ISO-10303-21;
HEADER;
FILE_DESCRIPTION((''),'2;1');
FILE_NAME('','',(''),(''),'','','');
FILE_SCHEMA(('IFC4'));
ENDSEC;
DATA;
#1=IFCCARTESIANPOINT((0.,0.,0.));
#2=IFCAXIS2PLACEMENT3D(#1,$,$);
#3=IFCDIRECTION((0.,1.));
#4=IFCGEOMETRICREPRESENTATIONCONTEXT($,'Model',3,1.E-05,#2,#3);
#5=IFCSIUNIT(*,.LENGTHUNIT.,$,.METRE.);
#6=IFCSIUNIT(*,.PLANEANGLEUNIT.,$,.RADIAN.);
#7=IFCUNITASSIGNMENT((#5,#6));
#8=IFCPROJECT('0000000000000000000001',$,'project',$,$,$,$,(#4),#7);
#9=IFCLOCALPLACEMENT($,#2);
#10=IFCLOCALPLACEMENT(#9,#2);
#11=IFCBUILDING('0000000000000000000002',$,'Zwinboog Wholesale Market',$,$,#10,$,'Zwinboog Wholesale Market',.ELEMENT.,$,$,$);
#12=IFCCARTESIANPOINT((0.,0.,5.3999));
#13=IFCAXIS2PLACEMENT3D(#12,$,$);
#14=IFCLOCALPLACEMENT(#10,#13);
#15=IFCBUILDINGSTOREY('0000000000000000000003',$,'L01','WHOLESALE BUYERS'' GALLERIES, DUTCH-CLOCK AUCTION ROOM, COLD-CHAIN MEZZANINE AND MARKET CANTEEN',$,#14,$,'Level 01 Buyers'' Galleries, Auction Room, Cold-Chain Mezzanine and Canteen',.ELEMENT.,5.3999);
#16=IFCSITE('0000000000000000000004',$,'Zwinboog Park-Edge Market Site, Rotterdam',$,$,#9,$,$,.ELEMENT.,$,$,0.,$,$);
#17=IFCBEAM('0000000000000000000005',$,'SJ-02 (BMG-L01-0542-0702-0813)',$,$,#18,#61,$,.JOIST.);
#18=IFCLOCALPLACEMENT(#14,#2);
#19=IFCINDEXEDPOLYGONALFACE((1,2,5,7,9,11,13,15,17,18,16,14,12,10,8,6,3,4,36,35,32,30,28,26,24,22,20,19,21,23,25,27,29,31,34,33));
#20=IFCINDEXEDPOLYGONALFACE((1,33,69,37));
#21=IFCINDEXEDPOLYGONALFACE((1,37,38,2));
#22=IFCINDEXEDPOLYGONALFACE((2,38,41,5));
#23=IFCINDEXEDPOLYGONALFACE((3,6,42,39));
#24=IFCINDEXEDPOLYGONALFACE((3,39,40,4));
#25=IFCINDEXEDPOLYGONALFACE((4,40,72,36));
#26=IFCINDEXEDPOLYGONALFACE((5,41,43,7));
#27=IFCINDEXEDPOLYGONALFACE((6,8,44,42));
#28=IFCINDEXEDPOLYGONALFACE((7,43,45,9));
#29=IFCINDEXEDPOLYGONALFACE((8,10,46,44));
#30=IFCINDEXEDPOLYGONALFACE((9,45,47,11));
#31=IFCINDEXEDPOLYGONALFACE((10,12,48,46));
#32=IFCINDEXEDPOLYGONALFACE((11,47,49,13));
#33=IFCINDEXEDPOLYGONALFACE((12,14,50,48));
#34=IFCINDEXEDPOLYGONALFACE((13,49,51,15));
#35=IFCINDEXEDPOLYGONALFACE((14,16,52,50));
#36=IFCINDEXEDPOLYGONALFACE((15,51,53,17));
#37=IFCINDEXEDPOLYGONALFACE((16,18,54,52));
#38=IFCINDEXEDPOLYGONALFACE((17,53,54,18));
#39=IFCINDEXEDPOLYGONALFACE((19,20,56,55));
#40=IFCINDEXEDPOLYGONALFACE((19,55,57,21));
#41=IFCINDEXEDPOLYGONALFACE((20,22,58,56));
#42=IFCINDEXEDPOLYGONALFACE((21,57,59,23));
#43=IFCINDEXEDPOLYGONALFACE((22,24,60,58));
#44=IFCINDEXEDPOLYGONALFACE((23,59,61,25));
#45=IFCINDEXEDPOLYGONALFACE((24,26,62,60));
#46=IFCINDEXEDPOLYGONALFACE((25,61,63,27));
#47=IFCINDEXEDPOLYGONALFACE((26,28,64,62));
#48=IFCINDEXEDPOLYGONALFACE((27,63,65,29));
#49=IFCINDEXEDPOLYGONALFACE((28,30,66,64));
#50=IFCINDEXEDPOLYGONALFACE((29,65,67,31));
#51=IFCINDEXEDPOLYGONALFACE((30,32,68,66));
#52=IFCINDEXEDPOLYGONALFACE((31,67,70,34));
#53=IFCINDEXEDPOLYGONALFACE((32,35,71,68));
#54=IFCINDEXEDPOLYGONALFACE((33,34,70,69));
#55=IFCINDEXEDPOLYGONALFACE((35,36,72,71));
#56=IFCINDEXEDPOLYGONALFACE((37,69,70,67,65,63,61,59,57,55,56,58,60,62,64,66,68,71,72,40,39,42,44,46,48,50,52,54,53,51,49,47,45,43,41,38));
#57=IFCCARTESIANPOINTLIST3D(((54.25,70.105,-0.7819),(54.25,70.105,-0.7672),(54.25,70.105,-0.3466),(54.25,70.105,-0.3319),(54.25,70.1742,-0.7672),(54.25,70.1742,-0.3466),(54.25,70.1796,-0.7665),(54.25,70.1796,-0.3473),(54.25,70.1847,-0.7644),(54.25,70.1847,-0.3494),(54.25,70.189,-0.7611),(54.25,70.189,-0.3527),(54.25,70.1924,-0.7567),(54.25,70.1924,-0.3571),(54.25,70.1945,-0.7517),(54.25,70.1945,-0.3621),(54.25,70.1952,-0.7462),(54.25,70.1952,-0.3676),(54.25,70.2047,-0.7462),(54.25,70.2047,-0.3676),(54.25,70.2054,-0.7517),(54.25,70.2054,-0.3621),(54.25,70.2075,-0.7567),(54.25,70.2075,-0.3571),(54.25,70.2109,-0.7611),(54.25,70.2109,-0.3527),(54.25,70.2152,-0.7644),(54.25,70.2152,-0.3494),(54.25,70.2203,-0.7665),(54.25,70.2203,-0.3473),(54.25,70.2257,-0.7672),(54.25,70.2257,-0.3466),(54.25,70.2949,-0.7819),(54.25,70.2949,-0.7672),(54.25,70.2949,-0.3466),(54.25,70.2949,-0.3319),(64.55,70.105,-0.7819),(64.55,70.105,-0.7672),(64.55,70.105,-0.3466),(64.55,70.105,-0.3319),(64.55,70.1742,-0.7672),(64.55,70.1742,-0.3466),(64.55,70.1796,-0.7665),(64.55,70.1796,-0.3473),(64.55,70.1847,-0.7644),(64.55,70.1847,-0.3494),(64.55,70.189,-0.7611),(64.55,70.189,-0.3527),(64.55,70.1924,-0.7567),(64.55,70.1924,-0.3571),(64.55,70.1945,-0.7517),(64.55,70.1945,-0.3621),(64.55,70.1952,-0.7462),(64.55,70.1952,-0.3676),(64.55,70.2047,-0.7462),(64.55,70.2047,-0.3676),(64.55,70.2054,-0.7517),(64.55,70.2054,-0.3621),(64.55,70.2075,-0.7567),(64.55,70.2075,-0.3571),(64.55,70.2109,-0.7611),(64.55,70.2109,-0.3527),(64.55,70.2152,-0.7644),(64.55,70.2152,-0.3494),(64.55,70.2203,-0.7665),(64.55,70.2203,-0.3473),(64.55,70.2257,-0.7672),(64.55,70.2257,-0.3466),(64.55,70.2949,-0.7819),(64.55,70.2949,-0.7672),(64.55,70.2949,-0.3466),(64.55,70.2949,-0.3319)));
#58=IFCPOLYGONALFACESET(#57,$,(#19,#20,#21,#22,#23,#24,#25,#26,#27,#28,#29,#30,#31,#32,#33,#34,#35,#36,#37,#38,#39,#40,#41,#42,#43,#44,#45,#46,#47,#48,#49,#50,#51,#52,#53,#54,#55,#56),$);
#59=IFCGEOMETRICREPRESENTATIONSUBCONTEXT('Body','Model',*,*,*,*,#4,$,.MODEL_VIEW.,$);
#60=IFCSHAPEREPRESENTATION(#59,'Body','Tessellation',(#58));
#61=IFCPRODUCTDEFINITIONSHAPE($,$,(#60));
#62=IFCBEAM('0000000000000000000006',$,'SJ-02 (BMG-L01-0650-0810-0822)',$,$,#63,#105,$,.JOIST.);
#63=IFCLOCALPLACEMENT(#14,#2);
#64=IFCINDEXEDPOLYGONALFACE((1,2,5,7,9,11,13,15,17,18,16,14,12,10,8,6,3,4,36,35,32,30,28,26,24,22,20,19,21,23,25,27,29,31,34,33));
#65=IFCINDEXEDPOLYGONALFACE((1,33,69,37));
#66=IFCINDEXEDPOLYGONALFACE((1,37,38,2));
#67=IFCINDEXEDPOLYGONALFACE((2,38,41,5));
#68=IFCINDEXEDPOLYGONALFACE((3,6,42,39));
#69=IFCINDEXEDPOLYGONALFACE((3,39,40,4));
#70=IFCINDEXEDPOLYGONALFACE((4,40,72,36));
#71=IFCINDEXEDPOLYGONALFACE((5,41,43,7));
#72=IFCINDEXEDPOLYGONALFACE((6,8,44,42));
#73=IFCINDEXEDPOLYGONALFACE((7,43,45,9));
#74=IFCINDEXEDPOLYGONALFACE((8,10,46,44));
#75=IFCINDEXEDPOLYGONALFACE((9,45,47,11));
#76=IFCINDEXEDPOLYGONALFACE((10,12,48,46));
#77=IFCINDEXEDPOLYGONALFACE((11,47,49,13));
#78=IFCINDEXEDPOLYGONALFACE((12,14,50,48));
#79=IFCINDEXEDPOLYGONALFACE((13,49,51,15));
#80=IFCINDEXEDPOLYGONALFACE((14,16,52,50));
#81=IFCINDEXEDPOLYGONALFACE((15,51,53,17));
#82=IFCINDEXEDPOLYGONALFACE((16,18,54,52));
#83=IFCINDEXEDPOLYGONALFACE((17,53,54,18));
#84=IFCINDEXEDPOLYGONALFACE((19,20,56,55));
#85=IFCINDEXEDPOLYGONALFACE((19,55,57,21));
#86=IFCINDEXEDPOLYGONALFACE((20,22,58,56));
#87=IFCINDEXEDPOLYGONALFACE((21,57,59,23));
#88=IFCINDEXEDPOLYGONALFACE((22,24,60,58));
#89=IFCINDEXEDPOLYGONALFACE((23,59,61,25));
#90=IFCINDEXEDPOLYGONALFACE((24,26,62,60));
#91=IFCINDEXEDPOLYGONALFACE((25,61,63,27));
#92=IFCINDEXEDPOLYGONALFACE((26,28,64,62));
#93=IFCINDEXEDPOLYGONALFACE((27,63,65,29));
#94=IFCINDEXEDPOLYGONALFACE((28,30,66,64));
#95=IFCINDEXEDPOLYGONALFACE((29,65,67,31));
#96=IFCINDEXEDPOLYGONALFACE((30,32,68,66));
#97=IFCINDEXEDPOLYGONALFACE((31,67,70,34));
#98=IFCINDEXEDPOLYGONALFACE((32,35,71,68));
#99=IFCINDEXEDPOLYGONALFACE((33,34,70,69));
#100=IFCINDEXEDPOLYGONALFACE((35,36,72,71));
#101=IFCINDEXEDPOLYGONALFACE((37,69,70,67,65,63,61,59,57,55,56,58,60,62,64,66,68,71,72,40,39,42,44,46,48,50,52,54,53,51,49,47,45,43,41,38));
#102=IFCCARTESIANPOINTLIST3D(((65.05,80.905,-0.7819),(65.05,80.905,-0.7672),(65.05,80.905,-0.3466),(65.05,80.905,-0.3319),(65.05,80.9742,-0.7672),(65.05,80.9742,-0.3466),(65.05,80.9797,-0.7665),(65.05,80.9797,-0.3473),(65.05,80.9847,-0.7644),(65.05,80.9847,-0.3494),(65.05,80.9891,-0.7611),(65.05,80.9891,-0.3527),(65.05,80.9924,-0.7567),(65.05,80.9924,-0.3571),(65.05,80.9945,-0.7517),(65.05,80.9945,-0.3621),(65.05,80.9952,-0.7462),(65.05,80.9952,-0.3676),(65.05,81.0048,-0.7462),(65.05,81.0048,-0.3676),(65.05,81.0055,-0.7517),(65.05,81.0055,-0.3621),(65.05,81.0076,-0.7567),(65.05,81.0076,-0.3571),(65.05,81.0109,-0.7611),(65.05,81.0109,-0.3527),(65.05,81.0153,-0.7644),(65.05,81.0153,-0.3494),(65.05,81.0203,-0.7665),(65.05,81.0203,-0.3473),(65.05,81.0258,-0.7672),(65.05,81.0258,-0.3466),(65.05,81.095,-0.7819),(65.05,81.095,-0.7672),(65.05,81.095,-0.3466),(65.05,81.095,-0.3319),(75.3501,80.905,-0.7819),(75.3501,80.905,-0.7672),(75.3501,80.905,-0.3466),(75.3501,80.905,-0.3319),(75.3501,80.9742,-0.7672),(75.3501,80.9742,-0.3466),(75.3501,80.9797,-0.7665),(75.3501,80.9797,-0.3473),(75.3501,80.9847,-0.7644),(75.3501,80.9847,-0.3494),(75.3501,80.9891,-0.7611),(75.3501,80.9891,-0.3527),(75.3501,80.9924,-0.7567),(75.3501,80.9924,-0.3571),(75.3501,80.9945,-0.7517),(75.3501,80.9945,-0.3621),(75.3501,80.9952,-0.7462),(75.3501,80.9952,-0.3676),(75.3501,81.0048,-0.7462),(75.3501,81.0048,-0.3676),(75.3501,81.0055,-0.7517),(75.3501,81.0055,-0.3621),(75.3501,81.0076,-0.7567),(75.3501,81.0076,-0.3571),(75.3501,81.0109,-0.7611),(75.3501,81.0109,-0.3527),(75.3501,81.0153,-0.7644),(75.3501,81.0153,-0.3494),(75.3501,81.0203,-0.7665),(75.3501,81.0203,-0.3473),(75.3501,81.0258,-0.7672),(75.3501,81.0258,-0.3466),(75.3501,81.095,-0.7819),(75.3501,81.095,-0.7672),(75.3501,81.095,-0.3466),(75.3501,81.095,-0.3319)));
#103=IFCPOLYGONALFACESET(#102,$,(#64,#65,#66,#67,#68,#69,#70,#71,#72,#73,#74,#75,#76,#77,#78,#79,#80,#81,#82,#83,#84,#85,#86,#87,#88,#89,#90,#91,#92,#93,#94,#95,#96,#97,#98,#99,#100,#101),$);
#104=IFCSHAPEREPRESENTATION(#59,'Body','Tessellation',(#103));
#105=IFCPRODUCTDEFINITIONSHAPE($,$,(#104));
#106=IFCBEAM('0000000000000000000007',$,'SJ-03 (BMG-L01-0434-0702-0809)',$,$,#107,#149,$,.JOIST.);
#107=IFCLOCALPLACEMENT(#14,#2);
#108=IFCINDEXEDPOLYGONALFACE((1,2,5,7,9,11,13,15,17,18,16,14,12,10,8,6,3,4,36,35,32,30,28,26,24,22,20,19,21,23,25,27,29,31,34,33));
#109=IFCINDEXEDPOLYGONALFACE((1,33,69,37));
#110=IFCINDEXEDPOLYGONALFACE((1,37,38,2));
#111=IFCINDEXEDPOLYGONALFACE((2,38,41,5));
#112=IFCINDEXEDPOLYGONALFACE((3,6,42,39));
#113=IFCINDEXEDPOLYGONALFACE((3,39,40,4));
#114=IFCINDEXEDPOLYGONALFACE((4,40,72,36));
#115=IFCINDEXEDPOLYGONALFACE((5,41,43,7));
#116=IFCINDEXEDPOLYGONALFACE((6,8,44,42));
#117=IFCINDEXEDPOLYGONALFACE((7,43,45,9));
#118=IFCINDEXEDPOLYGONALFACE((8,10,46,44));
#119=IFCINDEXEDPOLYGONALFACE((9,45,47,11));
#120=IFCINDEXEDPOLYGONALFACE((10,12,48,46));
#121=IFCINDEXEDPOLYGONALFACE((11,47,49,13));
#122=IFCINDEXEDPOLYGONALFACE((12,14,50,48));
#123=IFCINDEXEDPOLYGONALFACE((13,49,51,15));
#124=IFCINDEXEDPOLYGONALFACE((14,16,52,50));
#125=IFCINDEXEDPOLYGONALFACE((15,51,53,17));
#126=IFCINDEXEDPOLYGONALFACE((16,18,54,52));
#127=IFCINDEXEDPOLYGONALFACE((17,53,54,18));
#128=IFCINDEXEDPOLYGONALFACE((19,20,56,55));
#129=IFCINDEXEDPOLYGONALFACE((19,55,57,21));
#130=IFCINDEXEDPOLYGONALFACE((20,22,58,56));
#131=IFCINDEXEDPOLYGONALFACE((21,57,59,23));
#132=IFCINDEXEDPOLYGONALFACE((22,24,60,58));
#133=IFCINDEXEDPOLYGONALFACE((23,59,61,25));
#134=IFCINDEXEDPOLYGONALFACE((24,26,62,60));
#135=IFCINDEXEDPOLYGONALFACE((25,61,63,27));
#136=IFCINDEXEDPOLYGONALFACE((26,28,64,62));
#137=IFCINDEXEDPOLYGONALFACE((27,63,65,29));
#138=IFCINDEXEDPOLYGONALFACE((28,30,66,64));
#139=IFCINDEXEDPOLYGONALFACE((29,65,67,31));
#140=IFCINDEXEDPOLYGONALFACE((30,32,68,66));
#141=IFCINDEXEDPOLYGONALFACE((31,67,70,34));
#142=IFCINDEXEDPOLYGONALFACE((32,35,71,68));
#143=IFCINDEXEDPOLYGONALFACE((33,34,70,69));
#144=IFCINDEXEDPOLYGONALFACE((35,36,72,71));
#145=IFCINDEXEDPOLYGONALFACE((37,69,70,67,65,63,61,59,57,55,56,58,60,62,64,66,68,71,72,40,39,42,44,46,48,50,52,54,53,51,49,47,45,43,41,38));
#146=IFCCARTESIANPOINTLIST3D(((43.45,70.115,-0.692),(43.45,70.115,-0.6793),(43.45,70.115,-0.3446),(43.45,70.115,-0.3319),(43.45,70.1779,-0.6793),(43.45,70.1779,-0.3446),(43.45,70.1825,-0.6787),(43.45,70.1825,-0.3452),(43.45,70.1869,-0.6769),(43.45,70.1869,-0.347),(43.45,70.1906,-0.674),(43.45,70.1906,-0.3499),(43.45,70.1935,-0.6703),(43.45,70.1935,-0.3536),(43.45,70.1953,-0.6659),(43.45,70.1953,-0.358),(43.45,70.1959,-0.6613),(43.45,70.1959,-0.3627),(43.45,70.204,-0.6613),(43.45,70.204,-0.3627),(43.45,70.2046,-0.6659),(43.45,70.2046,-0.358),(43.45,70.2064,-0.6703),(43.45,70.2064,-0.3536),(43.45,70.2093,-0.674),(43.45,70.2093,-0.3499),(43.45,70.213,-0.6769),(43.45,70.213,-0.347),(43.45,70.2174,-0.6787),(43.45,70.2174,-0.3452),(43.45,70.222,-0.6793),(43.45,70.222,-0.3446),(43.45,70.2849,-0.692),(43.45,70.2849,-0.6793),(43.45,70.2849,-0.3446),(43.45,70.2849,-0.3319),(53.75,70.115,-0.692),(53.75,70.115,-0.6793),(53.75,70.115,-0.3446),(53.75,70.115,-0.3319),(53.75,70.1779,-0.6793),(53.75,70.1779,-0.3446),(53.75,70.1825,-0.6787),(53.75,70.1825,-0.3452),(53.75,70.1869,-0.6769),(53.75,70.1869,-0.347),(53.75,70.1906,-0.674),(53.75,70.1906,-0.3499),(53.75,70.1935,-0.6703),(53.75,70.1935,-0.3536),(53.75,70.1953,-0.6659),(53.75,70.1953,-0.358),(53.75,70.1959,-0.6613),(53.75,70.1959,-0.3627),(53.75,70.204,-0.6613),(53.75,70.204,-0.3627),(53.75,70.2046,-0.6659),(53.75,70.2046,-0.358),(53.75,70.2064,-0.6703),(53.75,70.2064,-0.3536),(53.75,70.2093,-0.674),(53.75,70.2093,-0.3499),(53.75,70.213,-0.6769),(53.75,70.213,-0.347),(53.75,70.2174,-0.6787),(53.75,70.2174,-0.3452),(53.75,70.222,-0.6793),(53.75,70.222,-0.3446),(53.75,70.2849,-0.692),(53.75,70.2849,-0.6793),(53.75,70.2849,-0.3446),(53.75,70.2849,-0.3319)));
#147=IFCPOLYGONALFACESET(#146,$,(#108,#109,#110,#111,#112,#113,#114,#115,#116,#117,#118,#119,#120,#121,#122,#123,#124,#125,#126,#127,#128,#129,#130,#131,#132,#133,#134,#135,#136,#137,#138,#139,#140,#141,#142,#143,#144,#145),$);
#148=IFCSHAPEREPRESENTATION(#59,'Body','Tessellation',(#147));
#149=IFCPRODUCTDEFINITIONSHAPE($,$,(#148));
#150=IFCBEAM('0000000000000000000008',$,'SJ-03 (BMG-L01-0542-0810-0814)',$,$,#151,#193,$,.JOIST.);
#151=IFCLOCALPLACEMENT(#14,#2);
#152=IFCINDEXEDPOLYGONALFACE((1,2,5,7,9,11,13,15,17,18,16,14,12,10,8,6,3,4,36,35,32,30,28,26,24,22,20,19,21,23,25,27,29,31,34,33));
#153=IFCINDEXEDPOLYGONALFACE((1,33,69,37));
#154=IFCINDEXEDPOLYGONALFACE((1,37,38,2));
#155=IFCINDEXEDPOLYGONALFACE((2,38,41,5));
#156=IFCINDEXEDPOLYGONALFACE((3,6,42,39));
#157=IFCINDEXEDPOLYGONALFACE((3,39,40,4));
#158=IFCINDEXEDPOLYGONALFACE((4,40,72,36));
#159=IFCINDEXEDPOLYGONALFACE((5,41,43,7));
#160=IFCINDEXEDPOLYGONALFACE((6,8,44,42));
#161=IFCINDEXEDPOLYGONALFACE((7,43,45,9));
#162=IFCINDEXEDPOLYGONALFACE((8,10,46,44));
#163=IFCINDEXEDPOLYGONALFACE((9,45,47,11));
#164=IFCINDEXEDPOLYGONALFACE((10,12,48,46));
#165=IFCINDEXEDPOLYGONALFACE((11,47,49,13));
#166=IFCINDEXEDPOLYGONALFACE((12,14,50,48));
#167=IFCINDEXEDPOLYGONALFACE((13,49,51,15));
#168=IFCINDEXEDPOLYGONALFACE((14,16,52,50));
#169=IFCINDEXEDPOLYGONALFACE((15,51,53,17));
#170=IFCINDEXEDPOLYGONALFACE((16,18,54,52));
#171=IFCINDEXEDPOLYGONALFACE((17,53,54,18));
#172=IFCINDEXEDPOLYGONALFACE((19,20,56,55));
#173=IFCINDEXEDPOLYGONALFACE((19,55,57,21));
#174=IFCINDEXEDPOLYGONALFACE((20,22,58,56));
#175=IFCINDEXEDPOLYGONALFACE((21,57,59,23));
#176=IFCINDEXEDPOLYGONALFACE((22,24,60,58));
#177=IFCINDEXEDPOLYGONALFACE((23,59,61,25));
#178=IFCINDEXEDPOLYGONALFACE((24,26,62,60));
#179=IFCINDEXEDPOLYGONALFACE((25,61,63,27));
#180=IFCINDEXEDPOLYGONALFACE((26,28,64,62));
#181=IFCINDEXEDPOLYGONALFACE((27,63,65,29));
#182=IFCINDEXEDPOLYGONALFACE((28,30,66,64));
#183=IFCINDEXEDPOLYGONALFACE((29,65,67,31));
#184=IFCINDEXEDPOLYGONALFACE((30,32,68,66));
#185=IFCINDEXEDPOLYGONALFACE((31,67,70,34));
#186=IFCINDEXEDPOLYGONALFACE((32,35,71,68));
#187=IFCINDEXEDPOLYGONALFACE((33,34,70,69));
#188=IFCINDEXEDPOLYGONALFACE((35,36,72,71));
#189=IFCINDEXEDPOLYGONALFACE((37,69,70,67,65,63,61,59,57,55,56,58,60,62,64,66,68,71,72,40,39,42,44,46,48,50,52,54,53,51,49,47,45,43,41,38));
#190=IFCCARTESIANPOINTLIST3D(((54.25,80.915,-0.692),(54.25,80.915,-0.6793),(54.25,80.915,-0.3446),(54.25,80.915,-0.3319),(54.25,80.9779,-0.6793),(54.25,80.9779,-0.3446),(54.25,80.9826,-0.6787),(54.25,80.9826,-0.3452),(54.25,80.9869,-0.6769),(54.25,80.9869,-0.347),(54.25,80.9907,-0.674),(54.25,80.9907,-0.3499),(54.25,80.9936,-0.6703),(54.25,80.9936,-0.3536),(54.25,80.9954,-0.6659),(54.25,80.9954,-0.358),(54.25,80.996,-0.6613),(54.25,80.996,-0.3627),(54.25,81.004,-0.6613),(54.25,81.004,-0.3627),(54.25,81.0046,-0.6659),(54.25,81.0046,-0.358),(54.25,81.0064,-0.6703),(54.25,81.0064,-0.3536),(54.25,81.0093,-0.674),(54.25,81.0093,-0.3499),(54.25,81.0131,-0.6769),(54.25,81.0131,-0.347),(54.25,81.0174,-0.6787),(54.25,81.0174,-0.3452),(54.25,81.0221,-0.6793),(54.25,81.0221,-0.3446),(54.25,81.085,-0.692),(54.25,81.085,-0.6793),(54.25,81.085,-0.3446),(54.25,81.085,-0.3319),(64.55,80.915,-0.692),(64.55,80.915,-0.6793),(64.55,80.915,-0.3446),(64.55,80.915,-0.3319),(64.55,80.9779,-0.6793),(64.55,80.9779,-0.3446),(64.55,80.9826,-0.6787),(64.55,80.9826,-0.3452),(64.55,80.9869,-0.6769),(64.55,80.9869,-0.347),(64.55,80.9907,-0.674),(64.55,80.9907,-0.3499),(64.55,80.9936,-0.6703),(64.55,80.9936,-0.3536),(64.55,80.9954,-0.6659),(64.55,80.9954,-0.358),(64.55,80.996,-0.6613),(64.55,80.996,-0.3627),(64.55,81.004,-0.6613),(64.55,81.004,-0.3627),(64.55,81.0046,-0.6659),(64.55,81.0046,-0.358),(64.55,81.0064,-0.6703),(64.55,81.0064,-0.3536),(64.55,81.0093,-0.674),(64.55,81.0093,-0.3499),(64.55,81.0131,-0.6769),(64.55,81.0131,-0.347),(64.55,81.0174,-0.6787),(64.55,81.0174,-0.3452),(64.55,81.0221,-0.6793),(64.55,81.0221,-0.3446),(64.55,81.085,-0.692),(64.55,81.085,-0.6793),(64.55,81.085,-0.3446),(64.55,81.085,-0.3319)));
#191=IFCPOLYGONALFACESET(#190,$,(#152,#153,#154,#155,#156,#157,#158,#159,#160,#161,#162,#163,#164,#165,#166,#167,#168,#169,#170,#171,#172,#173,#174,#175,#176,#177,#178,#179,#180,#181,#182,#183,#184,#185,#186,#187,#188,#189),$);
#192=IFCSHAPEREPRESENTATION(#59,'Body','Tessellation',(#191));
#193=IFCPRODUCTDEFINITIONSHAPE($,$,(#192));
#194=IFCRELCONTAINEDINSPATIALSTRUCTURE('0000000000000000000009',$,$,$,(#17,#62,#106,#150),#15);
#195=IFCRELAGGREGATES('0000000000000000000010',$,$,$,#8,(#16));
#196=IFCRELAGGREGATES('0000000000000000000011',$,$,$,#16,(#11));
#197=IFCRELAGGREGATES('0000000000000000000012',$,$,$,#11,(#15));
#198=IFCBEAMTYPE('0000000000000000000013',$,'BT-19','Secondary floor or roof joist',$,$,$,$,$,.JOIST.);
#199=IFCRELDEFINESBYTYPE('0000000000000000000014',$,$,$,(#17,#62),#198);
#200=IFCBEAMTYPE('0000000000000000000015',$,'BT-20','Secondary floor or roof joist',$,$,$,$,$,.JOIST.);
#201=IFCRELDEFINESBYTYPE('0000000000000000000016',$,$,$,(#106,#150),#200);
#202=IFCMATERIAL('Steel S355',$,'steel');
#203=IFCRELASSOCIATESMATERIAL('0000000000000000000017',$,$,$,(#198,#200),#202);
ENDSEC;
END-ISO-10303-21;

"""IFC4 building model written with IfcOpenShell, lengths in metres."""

from ifc_helpers import new_model, si_unit, direction, frame, origin, origin_2d, place, context, subcontext, project, spatial, i_section, extrude, material, material_profile, profile_set, type_object, element, save


model = new_model("IFC4")

# Units and contexts
model_context = context("Model", 3, precision=1e-05, world=origin(), true_north=direction((0.0, 1.0)))
body_context = subcontext(model_context, "Body", "Model", "MODEL_VIEW")
ifc_project = project(units=[si_unit("LENGTHUNIT", "METRE"), si_unit("PLANEANGLEUNIT", "RADIAN")], contexts=[model_context])

# Site, building, storey
site_placement = place(None, origin())
site = spatial("IfcSite", under=ifc_project, at=site_placement, Name="Zwinboog Park-Edge Market Site, Rotterdam", CompositionType="ELEMENT", RefElevation=0.0)
building_placement = place(site_placement, origin())
building = spatial("IfcBuilding", under=site, at=building_placement, Name="Zwinboog Wholesale Market", LongName="Zwinboog Wholesale Market", CompositionType="ELEMENT")
storey_placement = place(building_placement, frame((0.0, 0.0, 5.3999)))
storey = spatial("IfcBuildingStorey", under=building, at=storey_placement, Name="L01", Description="WHOLESALE BUYERS' GALLERIES, DUTCH-CLOCK AUCTION ROOM, COLD-CHAIN MEZZANINE AND MARKET CANTEEN", LongName="Level 01 Buyers' Galleries, Auction Room, Cold-Chain Mezzanine and Canteen", CompositionType="ELEMENT", Elevation=5.3999)

# Beams
ifc_material_1 = material(Name="Steel S355", Category="steel")
ifc_material_profile_1 = material_profile(ifc_material_1, i_section(OverallWidth=0.1899, OverallDepth=0.45, WebThickness=0.0095, FlangeThickness=0.0146, FilletRadius=0.021, at=origin_2d()), Name="IPE 450")
ifc_profile_set_1 = profile_set([ifc_material_profile_1], Name="Steel S355")
beam_type_1 = type_object("IfcBeamType", Name="BT-19", Description="Secondary floor or roof joist", PredefinedType="JOIST", material=ifc_profile_set_1)
for number, where, z_axis, x_axis, name in (
    (1, (54.25, 70.2, -0.5569), (1.0, 0.0, 0.0), (0.0, 1.0, 0.0), "SJ-02 (BMG-L01-0542-0702-0813)"),
    (2, (65.05, 81.0, -0.5569), (1.0, 0.0, 0.0), (0.0, 1.0, 0.0), "SJ-02 (BMG-L01-0650-0810-0822)"),
):
    element("IfcBeam", number, at=place(storey_placement, frame(where, z_axis=z_axis, x_axis=x_axis)), inside=storey, type_object=beam_type_1, Name=name, PredefinedType="JOIST", context=body_context, shape_type="SweptSolid", body=[
        extrude(i_section(OverallWidth=0.1899, OverallDepth=0.45, WebThickness=0.0095, FlangeThickness=0.0146, FilletRadius=0.021, at=origin_2d()), origin(), (0.0, 0.0, 1.0), 10.3),
    ])
ifc_material_profile_2 = material_profile(ifc_material_1, i_section(OverallWidth=0.1699, OverallDepth=0.3601, WebThickness=0.0081, FlangeThickness=0.0127, FilletRadius=0.0181, at=origin_2d()), Name="IPE 360")
ifc_profile_set_2 = profile_set([ifc_material_profile_2], Name="Steel S355")
beam_type_2 = type_object("IfcBeamType", Name="BT-20", Description="Secondary floor or roof joist", PredefinedType="JOIST", material=ifc_profile_set_2)
for number, where, z_axis, x_axis, name in (
    (3, (43.45, 70.2, -0.512), (1.0, 0.0, 0.0), (0.0, 1.0, 0.0), "SJ-03 (BMG-L01-0434-0702-0809)"),
    (4, (54.25, 81.0, -0.512), (1.0, 0.0, 0.0), (0.0, 1.0, 0.0), "SJ-03 (BMG-L01-0542-0810-0814)"),
):
    element("IfcBeam", number, at=place(storey_placement, frame(where, z_axis=z_axis, x_axis=x_axis)), inside=storey, type_object=beam_type_2, Name=name, PredefinedType="JOIST", context=body_context, shape_type="SweptSolid", body=[
        extrude(i_section(OverallWidth=0.1699, OverallDepth=0.3601, WebThickness=0.0081, FlangeThickness=0.0127, FilletRadius=0.0181, at=origin_2d()), origin(), (0.0, 0.0, 1.0), 10.3),
    ])

save(model, "model.ifc")
